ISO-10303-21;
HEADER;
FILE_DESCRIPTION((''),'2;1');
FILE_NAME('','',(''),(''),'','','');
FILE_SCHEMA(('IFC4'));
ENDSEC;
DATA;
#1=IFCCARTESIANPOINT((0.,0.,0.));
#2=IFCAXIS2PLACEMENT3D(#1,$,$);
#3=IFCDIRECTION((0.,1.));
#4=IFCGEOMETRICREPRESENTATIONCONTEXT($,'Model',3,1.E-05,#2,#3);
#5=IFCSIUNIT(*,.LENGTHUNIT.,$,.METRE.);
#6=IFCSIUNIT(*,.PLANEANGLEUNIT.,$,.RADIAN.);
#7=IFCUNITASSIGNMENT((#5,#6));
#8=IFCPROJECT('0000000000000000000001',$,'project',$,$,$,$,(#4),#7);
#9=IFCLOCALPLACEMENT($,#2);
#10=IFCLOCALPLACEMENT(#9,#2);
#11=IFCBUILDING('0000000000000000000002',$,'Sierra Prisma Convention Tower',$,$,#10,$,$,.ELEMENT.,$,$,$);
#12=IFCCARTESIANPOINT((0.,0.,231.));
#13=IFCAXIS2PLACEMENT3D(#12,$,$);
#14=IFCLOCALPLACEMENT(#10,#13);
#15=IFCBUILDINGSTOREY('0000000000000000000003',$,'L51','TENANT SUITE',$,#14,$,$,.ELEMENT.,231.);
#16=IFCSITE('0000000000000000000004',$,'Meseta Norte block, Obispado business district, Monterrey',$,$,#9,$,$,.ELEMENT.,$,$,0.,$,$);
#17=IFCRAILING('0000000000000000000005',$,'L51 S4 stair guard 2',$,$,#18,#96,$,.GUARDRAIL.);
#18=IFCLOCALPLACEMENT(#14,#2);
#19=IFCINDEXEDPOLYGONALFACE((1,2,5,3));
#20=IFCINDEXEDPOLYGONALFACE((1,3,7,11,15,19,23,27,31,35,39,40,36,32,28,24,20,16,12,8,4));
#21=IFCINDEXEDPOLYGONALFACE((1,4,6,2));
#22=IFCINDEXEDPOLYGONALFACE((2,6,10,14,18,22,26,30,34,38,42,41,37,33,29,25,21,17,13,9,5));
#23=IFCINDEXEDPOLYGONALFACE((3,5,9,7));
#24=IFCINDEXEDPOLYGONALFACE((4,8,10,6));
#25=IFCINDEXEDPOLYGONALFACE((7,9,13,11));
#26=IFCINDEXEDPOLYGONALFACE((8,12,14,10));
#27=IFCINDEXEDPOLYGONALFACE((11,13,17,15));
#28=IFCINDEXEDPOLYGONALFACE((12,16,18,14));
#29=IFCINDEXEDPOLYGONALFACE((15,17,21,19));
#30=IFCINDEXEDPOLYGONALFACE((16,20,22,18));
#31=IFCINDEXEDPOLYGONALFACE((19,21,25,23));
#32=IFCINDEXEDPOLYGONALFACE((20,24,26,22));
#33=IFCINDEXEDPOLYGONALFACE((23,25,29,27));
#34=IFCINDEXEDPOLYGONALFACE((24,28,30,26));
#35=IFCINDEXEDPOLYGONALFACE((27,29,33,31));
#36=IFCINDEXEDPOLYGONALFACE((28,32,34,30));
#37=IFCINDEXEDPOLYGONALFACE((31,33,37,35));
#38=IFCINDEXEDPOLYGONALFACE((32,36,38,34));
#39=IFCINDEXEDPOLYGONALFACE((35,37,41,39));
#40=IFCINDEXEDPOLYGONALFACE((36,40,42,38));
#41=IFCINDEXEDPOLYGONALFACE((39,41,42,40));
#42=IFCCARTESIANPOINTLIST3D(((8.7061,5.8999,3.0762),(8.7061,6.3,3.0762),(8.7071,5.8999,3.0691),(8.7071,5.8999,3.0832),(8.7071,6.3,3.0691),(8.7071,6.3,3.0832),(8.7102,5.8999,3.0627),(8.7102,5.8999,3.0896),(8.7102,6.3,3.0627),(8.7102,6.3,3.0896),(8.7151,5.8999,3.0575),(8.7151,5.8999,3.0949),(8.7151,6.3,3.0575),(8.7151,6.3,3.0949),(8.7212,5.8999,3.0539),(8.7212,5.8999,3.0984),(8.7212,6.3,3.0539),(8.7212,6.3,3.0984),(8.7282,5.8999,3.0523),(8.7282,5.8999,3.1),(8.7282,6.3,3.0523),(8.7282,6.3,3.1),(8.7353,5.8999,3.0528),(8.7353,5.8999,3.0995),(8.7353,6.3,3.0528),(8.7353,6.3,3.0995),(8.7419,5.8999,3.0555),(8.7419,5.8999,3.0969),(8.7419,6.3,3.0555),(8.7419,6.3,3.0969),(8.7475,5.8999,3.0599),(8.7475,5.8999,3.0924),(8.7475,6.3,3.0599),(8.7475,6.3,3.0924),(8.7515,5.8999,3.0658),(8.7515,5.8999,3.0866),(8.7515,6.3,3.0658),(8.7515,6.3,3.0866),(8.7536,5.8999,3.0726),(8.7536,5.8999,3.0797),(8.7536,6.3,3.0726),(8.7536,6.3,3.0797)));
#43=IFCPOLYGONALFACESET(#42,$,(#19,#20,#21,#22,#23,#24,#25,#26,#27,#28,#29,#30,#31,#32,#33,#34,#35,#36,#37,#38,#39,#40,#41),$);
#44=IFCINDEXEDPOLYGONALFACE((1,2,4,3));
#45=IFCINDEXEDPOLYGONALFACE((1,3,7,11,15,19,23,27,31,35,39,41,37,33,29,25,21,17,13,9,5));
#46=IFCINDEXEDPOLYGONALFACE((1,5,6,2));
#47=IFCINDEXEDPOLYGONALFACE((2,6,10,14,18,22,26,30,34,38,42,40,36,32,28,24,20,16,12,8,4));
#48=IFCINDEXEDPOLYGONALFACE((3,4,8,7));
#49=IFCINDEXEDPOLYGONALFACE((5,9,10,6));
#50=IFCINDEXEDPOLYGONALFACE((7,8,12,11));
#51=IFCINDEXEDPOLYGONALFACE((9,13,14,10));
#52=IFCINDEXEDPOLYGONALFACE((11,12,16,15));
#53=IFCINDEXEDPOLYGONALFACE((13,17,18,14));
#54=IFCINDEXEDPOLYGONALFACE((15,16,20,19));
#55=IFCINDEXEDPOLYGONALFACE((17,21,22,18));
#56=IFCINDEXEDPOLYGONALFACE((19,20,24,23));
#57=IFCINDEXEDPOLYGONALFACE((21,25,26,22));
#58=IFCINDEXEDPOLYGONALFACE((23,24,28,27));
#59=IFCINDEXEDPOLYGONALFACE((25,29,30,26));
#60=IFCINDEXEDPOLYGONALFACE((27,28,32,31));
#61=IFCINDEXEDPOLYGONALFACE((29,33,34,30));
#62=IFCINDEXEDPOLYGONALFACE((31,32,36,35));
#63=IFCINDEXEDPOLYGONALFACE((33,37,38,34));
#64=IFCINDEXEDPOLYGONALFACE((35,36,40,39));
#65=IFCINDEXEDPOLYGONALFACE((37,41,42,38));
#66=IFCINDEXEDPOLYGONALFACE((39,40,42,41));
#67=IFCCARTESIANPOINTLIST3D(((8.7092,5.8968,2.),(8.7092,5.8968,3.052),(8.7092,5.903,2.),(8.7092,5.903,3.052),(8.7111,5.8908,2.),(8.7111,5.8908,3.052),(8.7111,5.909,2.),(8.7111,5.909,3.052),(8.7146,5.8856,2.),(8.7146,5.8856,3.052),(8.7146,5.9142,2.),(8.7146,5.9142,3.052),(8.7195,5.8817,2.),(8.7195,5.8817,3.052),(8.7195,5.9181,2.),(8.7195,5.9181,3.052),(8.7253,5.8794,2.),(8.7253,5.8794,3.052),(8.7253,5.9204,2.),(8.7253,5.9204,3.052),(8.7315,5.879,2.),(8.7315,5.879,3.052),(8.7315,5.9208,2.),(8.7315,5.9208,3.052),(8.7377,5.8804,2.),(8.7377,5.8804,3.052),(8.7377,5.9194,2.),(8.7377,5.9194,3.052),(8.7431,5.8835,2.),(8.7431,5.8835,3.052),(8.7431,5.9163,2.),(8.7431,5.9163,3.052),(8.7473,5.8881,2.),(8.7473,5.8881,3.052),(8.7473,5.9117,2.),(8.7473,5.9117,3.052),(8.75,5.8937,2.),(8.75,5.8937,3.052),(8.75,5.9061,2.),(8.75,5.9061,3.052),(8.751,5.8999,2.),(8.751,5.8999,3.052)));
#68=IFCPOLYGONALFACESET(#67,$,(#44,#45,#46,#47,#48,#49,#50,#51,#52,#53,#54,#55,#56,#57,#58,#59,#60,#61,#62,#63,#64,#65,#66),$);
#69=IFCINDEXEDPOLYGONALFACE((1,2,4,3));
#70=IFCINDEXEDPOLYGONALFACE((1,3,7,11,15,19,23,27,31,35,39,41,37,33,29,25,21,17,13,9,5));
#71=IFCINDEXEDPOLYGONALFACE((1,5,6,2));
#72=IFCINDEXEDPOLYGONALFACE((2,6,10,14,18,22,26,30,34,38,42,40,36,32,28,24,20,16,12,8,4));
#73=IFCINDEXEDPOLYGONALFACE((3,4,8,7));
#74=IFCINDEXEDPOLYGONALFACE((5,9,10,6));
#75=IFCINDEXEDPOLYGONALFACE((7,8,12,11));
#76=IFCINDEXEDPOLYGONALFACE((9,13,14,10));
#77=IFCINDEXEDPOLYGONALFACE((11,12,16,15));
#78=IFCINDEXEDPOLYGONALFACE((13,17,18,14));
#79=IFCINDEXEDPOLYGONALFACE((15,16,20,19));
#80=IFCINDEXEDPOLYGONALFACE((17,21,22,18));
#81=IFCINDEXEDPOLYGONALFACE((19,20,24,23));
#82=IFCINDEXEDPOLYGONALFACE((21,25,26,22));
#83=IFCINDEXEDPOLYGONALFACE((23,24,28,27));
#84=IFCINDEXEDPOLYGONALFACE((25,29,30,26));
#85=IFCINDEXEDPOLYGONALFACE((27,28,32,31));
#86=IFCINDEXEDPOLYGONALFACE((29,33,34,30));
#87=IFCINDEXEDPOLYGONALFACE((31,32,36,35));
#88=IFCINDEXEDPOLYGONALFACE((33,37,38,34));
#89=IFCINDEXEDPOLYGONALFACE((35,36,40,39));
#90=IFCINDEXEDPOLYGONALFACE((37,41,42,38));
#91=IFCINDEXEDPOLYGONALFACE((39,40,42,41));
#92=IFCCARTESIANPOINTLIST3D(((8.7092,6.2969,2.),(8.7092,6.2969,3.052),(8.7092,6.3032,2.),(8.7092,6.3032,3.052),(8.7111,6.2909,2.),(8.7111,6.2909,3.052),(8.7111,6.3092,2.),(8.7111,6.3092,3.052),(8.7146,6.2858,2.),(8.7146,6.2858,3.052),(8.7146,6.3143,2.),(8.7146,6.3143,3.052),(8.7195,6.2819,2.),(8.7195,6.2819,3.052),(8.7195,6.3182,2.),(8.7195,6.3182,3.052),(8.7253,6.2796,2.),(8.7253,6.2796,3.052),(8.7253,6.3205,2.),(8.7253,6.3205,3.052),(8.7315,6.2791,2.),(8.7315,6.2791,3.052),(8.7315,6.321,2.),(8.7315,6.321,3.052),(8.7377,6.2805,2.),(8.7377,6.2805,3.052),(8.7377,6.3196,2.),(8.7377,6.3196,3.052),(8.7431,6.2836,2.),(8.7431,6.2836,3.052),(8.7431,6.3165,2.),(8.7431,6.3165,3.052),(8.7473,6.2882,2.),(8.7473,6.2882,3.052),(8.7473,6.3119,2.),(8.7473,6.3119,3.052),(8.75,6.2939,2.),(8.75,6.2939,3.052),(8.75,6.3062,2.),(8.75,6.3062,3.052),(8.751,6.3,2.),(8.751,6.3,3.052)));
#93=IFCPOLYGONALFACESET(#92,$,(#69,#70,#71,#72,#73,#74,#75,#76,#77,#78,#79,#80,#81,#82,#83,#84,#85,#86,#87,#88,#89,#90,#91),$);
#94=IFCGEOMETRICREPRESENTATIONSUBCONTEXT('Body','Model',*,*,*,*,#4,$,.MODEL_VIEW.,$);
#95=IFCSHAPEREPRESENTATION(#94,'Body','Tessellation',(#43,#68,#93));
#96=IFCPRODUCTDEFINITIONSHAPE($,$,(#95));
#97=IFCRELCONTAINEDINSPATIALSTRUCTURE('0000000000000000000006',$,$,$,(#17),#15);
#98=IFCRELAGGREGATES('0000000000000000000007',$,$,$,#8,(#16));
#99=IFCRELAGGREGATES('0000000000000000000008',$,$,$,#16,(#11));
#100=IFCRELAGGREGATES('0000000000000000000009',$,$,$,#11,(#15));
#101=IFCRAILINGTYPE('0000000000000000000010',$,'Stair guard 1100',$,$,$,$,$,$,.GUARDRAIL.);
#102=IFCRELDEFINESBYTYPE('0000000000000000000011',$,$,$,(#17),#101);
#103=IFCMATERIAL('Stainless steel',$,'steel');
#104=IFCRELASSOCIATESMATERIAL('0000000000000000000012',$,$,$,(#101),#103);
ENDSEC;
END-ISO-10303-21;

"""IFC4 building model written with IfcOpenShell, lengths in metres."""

from ifc_helpers import new_model, si_unit, direction, frame, origin, origin_2d, place, context, subcontext, project, spatial, circle, extrude, material, type_object, element, save


model = new_model("IFC4")

# Units and contexts
model_context = context("Model", 3, precision=1e-05, world=origin(), true_north=direction((0.0, 1.0)))
body_context = subcontext(model_context, "Body", "Model", "MODEL_VIEW")
ifc_project = project(units=[si_unit("LENGTHUNIT", "METRE"), si_unit("PLANEANGLEUNIT", "RADIAN")], contexts=[model_context])

# Site, building, storey
site_placement = place(None, origin())
site = spatial("IfcSite", under=ifc_project, at=site_placement, Name="Meseta Norte block, Obispado business district, Monterrey", CompositionType="ELEMENT", RefElevation=0.0)
building_placement = place(site_placement, origin())
building = spatial("IfcBuilding", under=site, at=building_placement, Name="Sierra Prisma Convention Tower", CompositionType="ELEMENT")
storey_placement = place(building_placement, frame((0.0, 0.0, 231.0)))
storey = spatial("IfcBuildingStorey", under=building, at=storey_placement, Name="L51", Description="TENANT SUITE", CompositionType="ELEMENT", Elevation=231.0)

# Railing
ifc_material_1 = material(Name="Stainless steel", Category="steel")
railing_type_1 = type_object("IfcRailingType", Name="Stair guard 1100", PredefinedType="GUARDRAIL", material=ifc_material_1)
railing_1_placement = place(storey_placement, frame((8.73, 5.8999, 2.0)))
element("IfcRailing", 1, at=railing_1_placement, inside=storey, type_object=railing_type_1, Name="L51 S4 stair guard 2", PredefinedType="GUARDRAIL", context=body_context, shape_type="SweptSolid", body=[
    extrude(circle(Radius=0.0239, at=origin_2d()), frame((0.0, 0.0, 1.0762), z_axis=(0.0, 1.0, 0.0), x_axis=(-1.0, 0.0, 0.0)), (0.0, 0.0, 1.0), 0.4001),
    extrude(circle(Radius=0.021, at=origin_2d()), origin(), (0.0, 0.0, 1.0), 1.052),
    extrude(circle(Radius=0.021, at=origin_2d()), frame((0.0, 0.4001, 0.0)), (0.0, 0.0, 1.0), 1.052),
])

save(model, "model.ifc")
